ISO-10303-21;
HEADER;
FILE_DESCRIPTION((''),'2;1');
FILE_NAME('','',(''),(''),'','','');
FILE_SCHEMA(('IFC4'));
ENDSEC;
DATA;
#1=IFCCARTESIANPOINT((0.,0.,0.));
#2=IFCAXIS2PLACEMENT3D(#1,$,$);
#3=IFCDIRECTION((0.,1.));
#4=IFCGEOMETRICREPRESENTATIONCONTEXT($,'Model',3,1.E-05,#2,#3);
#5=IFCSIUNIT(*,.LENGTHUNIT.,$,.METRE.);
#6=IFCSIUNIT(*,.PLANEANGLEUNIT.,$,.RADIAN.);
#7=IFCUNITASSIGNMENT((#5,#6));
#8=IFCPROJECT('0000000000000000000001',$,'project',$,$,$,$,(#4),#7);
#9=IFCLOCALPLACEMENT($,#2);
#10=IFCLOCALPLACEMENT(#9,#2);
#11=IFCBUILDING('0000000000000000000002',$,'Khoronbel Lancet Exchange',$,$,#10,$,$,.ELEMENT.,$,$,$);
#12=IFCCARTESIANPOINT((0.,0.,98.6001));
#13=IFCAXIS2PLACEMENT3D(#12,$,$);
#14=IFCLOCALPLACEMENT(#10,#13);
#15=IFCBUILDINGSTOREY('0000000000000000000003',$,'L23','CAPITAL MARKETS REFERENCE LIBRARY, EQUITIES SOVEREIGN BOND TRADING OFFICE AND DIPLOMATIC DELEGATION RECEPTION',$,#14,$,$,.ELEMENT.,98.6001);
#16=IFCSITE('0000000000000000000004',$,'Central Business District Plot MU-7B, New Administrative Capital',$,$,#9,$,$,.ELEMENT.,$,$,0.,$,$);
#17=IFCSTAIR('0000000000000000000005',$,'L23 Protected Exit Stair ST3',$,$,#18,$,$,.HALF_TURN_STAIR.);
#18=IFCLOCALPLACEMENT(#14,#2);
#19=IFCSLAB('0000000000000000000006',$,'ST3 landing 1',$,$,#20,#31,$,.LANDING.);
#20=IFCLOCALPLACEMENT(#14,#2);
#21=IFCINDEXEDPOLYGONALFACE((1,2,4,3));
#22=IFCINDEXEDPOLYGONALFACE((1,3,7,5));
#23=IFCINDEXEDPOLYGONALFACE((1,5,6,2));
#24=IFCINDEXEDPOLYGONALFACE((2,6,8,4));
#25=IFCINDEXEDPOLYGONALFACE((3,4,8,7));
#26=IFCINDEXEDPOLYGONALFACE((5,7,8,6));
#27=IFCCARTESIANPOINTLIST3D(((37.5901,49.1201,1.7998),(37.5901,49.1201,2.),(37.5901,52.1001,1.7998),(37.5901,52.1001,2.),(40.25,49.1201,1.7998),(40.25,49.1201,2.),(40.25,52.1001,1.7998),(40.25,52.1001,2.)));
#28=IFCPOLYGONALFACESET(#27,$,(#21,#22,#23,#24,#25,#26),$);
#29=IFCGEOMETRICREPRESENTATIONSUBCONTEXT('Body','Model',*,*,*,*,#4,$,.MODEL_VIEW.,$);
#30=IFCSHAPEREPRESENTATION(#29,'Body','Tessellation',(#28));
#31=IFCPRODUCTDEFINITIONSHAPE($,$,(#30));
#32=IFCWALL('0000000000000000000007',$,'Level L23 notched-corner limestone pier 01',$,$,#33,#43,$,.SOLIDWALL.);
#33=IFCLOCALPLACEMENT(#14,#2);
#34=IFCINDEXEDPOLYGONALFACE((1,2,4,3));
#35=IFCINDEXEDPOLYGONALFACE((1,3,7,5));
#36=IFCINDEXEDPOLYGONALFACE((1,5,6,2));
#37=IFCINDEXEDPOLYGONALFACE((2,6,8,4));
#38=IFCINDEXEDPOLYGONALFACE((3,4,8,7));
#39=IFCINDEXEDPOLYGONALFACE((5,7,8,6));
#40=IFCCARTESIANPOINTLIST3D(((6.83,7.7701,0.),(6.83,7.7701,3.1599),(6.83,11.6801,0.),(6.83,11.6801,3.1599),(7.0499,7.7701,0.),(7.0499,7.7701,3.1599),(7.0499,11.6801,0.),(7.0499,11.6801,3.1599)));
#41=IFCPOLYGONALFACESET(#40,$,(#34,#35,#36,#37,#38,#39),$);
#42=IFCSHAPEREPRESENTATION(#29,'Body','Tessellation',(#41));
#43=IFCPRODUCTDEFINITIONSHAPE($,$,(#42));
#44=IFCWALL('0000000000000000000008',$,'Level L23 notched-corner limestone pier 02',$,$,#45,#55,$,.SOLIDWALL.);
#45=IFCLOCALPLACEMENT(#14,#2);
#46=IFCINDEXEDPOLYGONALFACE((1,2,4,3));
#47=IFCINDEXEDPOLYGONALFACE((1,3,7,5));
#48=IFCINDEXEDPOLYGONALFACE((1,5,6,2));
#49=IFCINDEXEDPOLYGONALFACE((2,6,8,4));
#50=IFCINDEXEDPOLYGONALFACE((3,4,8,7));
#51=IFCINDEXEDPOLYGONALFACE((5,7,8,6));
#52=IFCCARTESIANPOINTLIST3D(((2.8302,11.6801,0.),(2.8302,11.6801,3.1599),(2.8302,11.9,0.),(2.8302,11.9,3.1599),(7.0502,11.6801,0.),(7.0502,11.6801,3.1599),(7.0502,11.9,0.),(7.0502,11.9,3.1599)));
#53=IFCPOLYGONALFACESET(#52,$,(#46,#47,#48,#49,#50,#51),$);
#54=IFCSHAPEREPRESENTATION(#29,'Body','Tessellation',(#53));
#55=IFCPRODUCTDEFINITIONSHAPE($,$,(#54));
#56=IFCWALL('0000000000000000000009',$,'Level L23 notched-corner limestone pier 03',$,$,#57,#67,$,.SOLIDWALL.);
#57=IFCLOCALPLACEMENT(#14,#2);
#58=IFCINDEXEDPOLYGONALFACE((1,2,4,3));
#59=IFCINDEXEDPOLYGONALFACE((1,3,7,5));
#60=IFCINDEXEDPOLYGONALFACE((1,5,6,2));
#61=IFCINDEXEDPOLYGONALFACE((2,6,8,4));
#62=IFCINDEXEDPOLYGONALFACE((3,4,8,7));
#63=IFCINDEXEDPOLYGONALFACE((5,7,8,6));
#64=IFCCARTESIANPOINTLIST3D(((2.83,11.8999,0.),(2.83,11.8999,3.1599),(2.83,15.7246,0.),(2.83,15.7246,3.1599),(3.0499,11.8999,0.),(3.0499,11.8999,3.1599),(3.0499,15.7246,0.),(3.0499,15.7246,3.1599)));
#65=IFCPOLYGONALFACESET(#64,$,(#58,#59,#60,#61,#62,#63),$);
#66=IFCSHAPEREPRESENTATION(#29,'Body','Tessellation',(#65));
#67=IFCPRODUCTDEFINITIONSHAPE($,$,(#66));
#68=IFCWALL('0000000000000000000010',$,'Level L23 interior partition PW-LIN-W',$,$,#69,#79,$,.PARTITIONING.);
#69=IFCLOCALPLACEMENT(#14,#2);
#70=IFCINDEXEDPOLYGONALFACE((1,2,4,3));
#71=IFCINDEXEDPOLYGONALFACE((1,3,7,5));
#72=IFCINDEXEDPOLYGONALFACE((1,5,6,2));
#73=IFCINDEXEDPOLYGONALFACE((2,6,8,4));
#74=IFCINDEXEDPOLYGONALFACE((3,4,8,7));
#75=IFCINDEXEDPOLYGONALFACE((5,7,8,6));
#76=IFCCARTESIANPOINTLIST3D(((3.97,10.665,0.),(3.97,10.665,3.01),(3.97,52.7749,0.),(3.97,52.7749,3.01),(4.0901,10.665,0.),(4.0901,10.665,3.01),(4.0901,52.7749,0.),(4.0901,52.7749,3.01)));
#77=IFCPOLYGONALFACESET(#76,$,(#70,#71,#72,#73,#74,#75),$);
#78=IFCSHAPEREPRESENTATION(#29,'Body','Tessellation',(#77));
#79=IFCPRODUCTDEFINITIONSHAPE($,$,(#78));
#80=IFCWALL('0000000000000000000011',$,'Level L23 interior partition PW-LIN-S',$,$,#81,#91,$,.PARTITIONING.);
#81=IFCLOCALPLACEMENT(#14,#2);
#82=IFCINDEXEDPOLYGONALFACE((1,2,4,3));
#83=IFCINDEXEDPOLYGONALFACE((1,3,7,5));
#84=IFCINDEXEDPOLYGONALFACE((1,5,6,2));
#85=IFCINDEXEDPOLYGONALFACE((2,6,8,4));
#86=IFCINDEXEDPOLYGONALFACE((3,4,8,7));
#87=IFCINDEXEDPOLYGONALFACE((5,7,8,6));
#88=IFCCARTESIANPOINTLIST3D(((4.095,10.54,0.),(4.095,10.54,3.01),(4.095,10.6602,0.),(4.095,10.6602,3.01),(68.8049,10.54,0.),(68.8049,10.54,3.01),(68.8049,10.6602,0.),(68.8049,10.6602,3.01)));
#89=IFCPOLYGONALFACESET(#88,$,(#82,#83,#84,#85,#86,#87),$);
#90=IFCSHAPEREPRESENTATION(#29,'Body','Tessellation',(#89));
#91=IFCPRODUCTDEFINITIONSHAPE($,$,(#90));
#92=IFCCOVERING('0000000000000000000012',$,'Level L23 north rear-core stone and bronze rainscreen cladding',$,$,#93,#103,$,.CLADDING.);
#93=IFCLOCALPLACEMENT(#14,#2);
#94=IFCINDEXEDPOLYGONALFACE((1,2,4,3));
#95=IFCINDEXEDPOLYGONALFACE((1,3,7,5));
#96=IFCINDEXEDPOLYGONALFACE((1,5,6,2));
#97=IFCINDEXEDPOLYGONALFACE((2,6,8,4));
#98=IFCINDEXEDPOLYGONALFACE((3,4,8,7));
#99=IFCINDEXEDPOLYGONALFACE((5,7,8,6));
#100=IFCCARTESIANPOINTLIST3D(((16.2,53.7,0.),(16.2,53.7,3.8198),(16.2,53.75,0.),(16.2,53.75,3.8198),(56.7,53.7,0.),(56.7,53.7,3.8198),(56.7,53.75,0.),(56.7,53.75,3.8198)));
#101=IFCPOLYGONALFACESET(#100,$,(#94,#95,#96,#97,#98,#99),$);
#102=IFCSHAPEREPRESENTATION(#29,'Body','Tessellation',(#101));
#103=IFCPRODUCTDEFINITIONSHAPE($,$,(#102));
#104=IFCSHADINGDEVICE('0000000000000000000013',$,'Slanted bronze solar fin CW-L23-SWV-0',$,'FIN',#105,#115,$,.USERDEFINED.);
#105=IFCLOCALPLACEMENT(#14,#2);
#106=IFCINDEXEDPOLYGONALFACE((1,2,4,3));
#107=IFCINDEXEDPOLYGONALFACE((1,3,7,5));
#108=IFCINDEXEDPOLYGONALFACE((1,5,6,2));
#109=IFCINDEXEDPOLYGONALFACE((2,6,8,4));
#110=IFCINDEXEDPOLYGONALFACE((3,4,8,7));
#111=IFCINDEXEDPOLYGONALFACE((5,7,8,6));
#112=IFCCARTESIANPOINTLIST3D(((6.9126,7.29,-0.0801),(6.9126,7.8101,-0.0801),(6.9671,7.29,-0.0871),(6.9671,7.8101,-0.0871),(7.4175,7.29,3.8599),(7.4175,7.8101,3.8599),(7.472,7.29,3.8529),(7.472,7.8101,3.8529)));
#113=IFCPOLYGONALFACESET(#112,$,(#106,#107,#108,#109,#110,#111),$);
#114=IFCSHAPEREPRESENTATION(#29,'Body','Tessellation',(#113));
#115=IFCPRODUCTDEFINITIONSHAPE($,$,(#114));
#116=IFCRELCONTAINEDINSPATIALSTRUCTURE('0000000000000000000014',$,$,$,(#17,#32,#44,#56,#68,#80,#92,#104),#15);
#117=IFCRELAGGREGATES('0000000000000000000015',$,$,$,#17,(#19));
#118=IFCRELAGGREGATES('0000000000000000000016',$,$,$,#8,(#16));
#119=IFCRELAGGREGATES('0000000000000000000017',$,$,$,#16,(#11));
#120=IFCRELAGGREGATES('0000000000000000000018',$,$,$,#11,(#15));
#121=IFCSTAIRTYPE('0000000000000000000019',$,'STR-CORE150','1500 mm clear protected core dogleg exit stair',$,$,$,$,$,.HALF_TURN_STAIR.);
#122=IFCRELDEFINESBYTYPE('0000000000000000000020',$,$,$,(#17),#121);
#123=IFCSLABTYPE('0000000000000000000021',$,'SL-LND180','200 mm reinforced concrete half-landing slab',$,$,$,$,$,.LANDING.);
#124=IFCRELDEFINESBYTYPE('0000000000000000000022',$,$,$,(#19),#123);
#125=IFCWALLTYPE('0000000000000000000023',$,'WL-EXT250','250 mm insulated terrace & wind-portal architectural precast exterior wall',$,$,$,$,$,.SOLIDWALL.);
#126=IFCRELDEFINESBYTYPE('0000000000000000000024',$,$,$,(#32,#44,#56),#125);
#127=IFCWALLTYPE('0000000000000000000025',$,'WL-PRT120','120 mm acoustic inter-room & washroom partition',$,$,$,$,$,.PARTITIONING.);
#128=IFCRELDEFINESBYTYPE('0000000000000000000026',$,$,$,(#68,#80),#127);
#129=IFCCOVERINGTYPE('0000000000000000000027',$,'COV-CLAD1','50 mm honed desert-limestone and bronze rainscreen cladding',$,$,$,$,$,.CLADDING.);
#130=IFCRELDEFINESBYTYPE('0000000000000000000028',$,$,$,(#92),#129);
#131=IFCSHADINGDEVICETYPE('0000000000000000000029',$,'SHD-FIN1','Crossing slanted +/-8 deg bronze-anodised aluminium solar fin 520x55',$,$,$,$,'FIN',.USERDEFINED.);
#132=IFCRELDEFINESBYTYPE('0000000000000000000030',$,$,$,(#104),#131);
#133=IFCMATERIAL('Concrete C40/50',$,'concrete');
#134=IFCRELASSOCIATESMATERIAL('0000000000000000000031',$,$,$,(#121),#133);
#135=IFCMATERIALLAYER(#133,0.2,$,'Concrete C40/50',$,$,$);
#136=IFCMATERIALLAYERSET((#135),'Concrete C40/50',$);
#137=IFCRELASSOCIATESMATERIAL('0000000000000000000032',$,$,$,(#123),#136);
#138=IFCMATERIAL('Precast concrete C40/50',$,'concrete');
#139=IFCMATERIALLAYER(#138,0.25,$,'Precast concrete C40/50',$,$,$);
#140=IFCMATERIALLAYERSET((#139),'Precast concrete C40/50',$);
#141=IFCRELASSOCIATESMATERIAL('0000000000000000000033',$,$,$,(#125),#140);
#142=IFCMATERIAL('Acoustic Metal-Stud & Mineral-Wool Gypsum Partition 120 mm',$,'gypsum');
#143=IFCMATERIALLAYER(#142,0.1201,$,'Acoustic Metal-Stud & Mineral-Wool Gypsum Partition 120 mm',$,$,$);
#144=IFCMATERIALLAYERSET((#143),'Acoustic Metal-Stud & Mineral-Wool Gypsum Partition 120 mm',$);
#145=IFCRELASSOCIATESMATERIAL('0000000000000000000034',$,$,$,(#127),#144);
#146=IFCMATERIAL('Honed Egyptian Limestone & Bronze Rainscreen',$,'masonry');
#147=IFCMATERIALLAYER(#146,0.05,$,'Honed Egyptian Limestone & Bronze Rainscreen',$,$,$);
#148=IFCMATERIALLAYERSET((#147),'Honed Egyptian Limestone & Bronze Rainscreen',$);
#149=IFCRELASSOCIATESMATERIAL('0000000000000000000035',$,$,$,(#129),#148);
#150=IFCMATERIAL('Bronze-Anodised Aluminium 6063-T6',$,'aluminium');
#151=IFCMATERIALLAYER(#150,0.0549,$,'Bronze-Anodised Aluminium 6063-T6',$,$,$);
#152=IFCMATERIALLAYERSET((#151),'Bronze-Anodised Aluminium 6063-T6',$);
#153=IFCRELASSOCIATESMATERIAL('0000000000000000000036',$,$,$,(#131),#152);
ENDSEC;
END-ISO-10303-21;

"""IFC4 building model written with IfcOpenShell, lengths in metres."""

from ifc_helpers import new_model, si_unit, direction, frame, frame_2d, origin, place, context, subcontext, project, spatial, polyline, rectangle, outline, extrude, material, layer, layer_set, type_object, element, aggregate, save


model = new_model("IFC4")

# Units and contexts
model_context = context("Model", 3, precision=1e-05, world=origin(), true_north=direction((0.0, 1.0)))
body_context = subcontext(model_context, "Body", "Model", "MODEL_VIEW")
ifc_project = project(units=[si_unit("LENGTHUNIT", "METRE"), si_unit("PLANEANGLEUNIT", "RADIAN")], contexts=[model_context])

# Site, building, storey
site_placement = place(None, origin())
site = spatial("IfcSite", under=ifc_project, at=site_placement, Name="Central Business District Plot MU-7B, New Administrative Capital", CompositionType="ELEMENT", RefElevation=0.0)
building_placement = place(site_placement, origin())
building = spatial("IfcBuilding", under=site, at=building_placement, Name="Khoronbel Lancet Exchange", CompositionType="ELEMENT")
storey_placement = place(building_placement, frame((0.0, 0.0, 98.6001)))
storey = spatial("IfcBuildingStorey", under=building, at=storey_placement, Name="L23", Description="CAPITAL MARKETS REFERENCE LIBRARY, EQUITIES SOVEREIGN BOND TRADING OFFICE AND DIPLOMATIC DELEGATION RECEPTION", CompositionType="ELEMENT", Elevation=98.6001)

# Shared definitions
ifc_material_1 = material(Name="Bronze-Anodised Aluminium 6063-T6", Category="aluminium")

# Shared definitions
ifc_material_2 = material(Name="Concrete C40/50", Category="concrete")

# Stair, slab
stair_type = type_object("IfcStairType", Name="STR-CORE150", Description="1500 mm clear protected core dogleg exit stair", PredefinedType="HALF_TURN_STAIR", material=ifc_material_2)
ifc_layer_1 = layer(ifc_material_2, 0.2, Name="Concrete C40/50")
ifc_layer_set_1 = layer_set([ifc_layer_1], Name="Concrete C40/50")
slab_type_1 = type_object("IfcSlabType", Name="SL-LND180", Description="200 mm reinforced concrete half-landing slab", PredefinedType="LANDING", material=ifc_layer_set_1)
stair_1_placement = place(storey_placement, origin())
stair_1 = element("IfcStair", 1, at=stair_1_placement, inside=storey, type_object=stair_type, Name="L23 Protected Exit Stair ST3", PredefinedType="HALF_TURN_STAIR")
slab_1_placement = place(storey_placement, frame((0.0, 0.0, 1.7998)))
slab_1 = element("IfcSlab", 2, at=slab_1_placement, type_object=slab_type_1, Name="ST3 landing 1", PredefinedType="LANDING", context=body_context, shape_type="SweptSolid", body=[
    extrude(outline(polyline([(37.5901, 49.1201), (40.25, 49.1201), (40.25, 52.1001), (37.5901, 52.1001), (37.5901, 49.1201)])), origin(), (0.0, 0.0, 1.0), 0.2002),
])
aggregate(stair_1, [slab_1])

# Walls
ifc_material_3 = material(Name="Precast concrete C40/50", Category="concrete")
ifc_layer_2 = layer(ifc_material_3, 0.25, Name="Precast concrete C40/50")
ifc_layer_set_2 = layer_set([ifc_layer_2], Name="Precast concrete C40/50")
wall_type_1 = type_object("IfcWallType", Name="WL-EXT250", Description="250 mm insulated terrace & wind-portal architectural precast exterior wall", PredefinedType="SOLIDWALL", material=ifc_layer_set_2)
wall_1_placement = place(storey_placement, frame((6.9399, 7.77, 0.0), z_axis=(0.0, 0.0, 1.0), x_axis=(0.0, 1.0, 0.0)))
element("IfcWall", 3, at=wall_1_placement, inside=storey, type_object=wall_type_1, Name="Level L23 notched-corner limestone pier 01", PredefinedType="SOLIDWALL", context=body_context, shape_type="SweptSolid", body=[
    extrude(rectangle(XDim=3.9099, YDim=0.22, at=frame_2d((1.9551, 0.0))), origin(), (0.0, 0.0, 1.0), 3.1599),
])
wall_2_placement = place(storey_placement, frame((7.05, 11.79, 0.0), z_axis=(0.0, 0.0, 1.0), x_axis=(-1.0, 0.0, 0.0)))
element("IfcWall", 4, at=wall_2_placement, inside=storey, type_object=wall_type_1, Name="Level L23 notched-corner limestone pier 02", PredefinedType="SOLIDWALL", context=body_context, shape_type="SweptSolid", body=[
    extrude(rectangle(XDim=4.22, YDim=0.22, at=frame_2d((2.1099, 0.0))), origin(), (0.0, 0.0, 1.0), 3.1599),
])
wall_3_placement = place(storey_placement, frame((2.9399, 11.8999, 0.0), z_axis=(0.0, 0.0, 1.0), x_axis=(0.0, 1.0, 0.0)))
element("IfcWall", 5, at=wall_3_placement, inside=storey, type_object=wall_type_1, Name="Level L23 notched-corner limestone pier 03", PredefinedType="SOLIDWALL", context=body_context, shape_type="SweptSolid", body=[
    extrude(rectangle(XDim=3.8247, YDim=0.22, at=frame_2d((1.9124, 0.0))), origin(), (0.0, 0.0, 1.0), 3.1599),
])
ifc_material_4 = material(Name="Acoustic Metal-Stud & Mineral-Wool Gypsum Partition 120 mm", Category="gypsum")
ifc_layer_3 = layer(ifc_material_4, 0.1201, Name="Acoustic Metal-Stud & Mineral-Wool Gypsum Partition 120 mm")
ifc_layer_set_3 = layer_set([ifc_layer_3], Name="Acoustic Metal-Stud & Mineral-Wool Gypsum Partition 120 mm")
wall_type_2 = type_object("IfcWallType", Name="WL-PRT120", Description="120 mm acoustic inter-room & washroom partition", PredefinedType="PARTITIONING", material=ifc_layer_set_3)
wall_4_placement = place(storey_placement, frame((4.03, 10.665, 0.0), z_axis=(0.0, 0.0, 1.0), x_axis=(0.0, 1.0, 0.0)))
element("IfcWall", 6, at=wall_4_placement, inside=storey, type_object=wall_type_2, Name="Level L23 interior partition PW-LIN-W", PredefinedType="PARTITIONING", context=body_context, shape_type="SweptSolid", body=[
    extrude(rectangle(XDim=42.1099, YDim=0.1201, at=frame_2d((21.0549, 0.0))), origin(), (0.0, 0.0, 1.0), 3.01),
])
wall_5_placement = place(storey_placement, frame((4.095, 10.6001, 0.0), z_axis=(0.0, 0.0, 1.0), x_axis=(1.0, 0.0, 0.0)))
element("IfcWall", 7, at=wall_5_placement, inside=storey, type_object=wall_type_2, Name="Level L23 interior partition PW-LIN-S", PredefinedType="PARTITIONING", context=body_context, shape_type="SweptSolid", body=[
    extrude(rectangle(XDim=64.71, YDim=0.1201, at=frame_2d((32.355, 0.0))), origin(), (0.0, 0.0, 1.0), 3.01),
])

# Covering
ifc_material_5 = material(Name="Honed Egyptian Limestone & Bronze Rainscreen", Category="masonry")
ifc_layer_4 = layer(ifc_material_5, 0.05, Name="Honed Egyptian Limestone & Bronze Rainscreen")
ifc_layer_set_4 = layer_set([ifc_layer_4], Name="Honed Egyptian Limestone & Bronze Rainscreen")
covering_type = type_object("IfcCoveringType", Name="COV-CLAD1", Description="50 mm honed desert-limestone and bronze rainscreen cladding", PredefinedType="CLADDING", material=ifc_layer_set_4)
covering_placement = place(storey_placement, origin())
element("IfcCovering", 8, at=covering_placement, inside=storey, type_object=covering_type, Name="Level L23 north rear-core stone and bronze rainscreen cladding", PredefinedType="CLADDING", context=body_context, shape_type="SweptSolid", body=[
    extrude(outline(polyline([(16.2, 53.7), (56.7, 53.7), (56.7, 53.75), (16.2, 53.75), (16.2, 53.7)])), origin(), (0.0, 0.0, 1.0), 3.8198),
])

# Shading device
ifc_layer_5 = layer(ifc_material_1, 0.0549, Name="Bronze-Anodised Aluminium 6063-T6")
ifc_layer_set_5 = layer_set([ifc_layer_5], Name="Bronze-Anodised Aluminium 6063-T6")
shading_device_type = type_object("IfcShadingDeviceType", Name="SHD-FIN1", Description="Crossing slanted +/-8 deg bronze-anodised aluminium solar fin 520x55", ElementType="FIN", PredefinedType="USERDEFINED", material=ifc_layer_set_5)
shading_device_placement = place(storey_placement, frame((6.9126, 7.8101, -0.0801), z_axis=(-0.991889, 0.0, 0.127105), x_axis=(0.0, -1.0, 0.0)))
element("IfcShadingDevice", 9, at=shading_device_placement, inside=storey, type_object=shading_device_type, Name="Slanted bronze solar fin CW-L23-SWV-0", ObjectType="FIN", PredefinedType="USERDEFINED", context=body_context, shape_type="SweptSolid", body=[
    extrude(outline(polyline([(0.0, 0.0), (0.52, 0.0), (0.52, 3.9722), (0.0, 3.9722), (0.0, 0.0)])), origin(), (0.0, 0.0, -1.0), 0.0549),
])

save(model, "model.ifc")
